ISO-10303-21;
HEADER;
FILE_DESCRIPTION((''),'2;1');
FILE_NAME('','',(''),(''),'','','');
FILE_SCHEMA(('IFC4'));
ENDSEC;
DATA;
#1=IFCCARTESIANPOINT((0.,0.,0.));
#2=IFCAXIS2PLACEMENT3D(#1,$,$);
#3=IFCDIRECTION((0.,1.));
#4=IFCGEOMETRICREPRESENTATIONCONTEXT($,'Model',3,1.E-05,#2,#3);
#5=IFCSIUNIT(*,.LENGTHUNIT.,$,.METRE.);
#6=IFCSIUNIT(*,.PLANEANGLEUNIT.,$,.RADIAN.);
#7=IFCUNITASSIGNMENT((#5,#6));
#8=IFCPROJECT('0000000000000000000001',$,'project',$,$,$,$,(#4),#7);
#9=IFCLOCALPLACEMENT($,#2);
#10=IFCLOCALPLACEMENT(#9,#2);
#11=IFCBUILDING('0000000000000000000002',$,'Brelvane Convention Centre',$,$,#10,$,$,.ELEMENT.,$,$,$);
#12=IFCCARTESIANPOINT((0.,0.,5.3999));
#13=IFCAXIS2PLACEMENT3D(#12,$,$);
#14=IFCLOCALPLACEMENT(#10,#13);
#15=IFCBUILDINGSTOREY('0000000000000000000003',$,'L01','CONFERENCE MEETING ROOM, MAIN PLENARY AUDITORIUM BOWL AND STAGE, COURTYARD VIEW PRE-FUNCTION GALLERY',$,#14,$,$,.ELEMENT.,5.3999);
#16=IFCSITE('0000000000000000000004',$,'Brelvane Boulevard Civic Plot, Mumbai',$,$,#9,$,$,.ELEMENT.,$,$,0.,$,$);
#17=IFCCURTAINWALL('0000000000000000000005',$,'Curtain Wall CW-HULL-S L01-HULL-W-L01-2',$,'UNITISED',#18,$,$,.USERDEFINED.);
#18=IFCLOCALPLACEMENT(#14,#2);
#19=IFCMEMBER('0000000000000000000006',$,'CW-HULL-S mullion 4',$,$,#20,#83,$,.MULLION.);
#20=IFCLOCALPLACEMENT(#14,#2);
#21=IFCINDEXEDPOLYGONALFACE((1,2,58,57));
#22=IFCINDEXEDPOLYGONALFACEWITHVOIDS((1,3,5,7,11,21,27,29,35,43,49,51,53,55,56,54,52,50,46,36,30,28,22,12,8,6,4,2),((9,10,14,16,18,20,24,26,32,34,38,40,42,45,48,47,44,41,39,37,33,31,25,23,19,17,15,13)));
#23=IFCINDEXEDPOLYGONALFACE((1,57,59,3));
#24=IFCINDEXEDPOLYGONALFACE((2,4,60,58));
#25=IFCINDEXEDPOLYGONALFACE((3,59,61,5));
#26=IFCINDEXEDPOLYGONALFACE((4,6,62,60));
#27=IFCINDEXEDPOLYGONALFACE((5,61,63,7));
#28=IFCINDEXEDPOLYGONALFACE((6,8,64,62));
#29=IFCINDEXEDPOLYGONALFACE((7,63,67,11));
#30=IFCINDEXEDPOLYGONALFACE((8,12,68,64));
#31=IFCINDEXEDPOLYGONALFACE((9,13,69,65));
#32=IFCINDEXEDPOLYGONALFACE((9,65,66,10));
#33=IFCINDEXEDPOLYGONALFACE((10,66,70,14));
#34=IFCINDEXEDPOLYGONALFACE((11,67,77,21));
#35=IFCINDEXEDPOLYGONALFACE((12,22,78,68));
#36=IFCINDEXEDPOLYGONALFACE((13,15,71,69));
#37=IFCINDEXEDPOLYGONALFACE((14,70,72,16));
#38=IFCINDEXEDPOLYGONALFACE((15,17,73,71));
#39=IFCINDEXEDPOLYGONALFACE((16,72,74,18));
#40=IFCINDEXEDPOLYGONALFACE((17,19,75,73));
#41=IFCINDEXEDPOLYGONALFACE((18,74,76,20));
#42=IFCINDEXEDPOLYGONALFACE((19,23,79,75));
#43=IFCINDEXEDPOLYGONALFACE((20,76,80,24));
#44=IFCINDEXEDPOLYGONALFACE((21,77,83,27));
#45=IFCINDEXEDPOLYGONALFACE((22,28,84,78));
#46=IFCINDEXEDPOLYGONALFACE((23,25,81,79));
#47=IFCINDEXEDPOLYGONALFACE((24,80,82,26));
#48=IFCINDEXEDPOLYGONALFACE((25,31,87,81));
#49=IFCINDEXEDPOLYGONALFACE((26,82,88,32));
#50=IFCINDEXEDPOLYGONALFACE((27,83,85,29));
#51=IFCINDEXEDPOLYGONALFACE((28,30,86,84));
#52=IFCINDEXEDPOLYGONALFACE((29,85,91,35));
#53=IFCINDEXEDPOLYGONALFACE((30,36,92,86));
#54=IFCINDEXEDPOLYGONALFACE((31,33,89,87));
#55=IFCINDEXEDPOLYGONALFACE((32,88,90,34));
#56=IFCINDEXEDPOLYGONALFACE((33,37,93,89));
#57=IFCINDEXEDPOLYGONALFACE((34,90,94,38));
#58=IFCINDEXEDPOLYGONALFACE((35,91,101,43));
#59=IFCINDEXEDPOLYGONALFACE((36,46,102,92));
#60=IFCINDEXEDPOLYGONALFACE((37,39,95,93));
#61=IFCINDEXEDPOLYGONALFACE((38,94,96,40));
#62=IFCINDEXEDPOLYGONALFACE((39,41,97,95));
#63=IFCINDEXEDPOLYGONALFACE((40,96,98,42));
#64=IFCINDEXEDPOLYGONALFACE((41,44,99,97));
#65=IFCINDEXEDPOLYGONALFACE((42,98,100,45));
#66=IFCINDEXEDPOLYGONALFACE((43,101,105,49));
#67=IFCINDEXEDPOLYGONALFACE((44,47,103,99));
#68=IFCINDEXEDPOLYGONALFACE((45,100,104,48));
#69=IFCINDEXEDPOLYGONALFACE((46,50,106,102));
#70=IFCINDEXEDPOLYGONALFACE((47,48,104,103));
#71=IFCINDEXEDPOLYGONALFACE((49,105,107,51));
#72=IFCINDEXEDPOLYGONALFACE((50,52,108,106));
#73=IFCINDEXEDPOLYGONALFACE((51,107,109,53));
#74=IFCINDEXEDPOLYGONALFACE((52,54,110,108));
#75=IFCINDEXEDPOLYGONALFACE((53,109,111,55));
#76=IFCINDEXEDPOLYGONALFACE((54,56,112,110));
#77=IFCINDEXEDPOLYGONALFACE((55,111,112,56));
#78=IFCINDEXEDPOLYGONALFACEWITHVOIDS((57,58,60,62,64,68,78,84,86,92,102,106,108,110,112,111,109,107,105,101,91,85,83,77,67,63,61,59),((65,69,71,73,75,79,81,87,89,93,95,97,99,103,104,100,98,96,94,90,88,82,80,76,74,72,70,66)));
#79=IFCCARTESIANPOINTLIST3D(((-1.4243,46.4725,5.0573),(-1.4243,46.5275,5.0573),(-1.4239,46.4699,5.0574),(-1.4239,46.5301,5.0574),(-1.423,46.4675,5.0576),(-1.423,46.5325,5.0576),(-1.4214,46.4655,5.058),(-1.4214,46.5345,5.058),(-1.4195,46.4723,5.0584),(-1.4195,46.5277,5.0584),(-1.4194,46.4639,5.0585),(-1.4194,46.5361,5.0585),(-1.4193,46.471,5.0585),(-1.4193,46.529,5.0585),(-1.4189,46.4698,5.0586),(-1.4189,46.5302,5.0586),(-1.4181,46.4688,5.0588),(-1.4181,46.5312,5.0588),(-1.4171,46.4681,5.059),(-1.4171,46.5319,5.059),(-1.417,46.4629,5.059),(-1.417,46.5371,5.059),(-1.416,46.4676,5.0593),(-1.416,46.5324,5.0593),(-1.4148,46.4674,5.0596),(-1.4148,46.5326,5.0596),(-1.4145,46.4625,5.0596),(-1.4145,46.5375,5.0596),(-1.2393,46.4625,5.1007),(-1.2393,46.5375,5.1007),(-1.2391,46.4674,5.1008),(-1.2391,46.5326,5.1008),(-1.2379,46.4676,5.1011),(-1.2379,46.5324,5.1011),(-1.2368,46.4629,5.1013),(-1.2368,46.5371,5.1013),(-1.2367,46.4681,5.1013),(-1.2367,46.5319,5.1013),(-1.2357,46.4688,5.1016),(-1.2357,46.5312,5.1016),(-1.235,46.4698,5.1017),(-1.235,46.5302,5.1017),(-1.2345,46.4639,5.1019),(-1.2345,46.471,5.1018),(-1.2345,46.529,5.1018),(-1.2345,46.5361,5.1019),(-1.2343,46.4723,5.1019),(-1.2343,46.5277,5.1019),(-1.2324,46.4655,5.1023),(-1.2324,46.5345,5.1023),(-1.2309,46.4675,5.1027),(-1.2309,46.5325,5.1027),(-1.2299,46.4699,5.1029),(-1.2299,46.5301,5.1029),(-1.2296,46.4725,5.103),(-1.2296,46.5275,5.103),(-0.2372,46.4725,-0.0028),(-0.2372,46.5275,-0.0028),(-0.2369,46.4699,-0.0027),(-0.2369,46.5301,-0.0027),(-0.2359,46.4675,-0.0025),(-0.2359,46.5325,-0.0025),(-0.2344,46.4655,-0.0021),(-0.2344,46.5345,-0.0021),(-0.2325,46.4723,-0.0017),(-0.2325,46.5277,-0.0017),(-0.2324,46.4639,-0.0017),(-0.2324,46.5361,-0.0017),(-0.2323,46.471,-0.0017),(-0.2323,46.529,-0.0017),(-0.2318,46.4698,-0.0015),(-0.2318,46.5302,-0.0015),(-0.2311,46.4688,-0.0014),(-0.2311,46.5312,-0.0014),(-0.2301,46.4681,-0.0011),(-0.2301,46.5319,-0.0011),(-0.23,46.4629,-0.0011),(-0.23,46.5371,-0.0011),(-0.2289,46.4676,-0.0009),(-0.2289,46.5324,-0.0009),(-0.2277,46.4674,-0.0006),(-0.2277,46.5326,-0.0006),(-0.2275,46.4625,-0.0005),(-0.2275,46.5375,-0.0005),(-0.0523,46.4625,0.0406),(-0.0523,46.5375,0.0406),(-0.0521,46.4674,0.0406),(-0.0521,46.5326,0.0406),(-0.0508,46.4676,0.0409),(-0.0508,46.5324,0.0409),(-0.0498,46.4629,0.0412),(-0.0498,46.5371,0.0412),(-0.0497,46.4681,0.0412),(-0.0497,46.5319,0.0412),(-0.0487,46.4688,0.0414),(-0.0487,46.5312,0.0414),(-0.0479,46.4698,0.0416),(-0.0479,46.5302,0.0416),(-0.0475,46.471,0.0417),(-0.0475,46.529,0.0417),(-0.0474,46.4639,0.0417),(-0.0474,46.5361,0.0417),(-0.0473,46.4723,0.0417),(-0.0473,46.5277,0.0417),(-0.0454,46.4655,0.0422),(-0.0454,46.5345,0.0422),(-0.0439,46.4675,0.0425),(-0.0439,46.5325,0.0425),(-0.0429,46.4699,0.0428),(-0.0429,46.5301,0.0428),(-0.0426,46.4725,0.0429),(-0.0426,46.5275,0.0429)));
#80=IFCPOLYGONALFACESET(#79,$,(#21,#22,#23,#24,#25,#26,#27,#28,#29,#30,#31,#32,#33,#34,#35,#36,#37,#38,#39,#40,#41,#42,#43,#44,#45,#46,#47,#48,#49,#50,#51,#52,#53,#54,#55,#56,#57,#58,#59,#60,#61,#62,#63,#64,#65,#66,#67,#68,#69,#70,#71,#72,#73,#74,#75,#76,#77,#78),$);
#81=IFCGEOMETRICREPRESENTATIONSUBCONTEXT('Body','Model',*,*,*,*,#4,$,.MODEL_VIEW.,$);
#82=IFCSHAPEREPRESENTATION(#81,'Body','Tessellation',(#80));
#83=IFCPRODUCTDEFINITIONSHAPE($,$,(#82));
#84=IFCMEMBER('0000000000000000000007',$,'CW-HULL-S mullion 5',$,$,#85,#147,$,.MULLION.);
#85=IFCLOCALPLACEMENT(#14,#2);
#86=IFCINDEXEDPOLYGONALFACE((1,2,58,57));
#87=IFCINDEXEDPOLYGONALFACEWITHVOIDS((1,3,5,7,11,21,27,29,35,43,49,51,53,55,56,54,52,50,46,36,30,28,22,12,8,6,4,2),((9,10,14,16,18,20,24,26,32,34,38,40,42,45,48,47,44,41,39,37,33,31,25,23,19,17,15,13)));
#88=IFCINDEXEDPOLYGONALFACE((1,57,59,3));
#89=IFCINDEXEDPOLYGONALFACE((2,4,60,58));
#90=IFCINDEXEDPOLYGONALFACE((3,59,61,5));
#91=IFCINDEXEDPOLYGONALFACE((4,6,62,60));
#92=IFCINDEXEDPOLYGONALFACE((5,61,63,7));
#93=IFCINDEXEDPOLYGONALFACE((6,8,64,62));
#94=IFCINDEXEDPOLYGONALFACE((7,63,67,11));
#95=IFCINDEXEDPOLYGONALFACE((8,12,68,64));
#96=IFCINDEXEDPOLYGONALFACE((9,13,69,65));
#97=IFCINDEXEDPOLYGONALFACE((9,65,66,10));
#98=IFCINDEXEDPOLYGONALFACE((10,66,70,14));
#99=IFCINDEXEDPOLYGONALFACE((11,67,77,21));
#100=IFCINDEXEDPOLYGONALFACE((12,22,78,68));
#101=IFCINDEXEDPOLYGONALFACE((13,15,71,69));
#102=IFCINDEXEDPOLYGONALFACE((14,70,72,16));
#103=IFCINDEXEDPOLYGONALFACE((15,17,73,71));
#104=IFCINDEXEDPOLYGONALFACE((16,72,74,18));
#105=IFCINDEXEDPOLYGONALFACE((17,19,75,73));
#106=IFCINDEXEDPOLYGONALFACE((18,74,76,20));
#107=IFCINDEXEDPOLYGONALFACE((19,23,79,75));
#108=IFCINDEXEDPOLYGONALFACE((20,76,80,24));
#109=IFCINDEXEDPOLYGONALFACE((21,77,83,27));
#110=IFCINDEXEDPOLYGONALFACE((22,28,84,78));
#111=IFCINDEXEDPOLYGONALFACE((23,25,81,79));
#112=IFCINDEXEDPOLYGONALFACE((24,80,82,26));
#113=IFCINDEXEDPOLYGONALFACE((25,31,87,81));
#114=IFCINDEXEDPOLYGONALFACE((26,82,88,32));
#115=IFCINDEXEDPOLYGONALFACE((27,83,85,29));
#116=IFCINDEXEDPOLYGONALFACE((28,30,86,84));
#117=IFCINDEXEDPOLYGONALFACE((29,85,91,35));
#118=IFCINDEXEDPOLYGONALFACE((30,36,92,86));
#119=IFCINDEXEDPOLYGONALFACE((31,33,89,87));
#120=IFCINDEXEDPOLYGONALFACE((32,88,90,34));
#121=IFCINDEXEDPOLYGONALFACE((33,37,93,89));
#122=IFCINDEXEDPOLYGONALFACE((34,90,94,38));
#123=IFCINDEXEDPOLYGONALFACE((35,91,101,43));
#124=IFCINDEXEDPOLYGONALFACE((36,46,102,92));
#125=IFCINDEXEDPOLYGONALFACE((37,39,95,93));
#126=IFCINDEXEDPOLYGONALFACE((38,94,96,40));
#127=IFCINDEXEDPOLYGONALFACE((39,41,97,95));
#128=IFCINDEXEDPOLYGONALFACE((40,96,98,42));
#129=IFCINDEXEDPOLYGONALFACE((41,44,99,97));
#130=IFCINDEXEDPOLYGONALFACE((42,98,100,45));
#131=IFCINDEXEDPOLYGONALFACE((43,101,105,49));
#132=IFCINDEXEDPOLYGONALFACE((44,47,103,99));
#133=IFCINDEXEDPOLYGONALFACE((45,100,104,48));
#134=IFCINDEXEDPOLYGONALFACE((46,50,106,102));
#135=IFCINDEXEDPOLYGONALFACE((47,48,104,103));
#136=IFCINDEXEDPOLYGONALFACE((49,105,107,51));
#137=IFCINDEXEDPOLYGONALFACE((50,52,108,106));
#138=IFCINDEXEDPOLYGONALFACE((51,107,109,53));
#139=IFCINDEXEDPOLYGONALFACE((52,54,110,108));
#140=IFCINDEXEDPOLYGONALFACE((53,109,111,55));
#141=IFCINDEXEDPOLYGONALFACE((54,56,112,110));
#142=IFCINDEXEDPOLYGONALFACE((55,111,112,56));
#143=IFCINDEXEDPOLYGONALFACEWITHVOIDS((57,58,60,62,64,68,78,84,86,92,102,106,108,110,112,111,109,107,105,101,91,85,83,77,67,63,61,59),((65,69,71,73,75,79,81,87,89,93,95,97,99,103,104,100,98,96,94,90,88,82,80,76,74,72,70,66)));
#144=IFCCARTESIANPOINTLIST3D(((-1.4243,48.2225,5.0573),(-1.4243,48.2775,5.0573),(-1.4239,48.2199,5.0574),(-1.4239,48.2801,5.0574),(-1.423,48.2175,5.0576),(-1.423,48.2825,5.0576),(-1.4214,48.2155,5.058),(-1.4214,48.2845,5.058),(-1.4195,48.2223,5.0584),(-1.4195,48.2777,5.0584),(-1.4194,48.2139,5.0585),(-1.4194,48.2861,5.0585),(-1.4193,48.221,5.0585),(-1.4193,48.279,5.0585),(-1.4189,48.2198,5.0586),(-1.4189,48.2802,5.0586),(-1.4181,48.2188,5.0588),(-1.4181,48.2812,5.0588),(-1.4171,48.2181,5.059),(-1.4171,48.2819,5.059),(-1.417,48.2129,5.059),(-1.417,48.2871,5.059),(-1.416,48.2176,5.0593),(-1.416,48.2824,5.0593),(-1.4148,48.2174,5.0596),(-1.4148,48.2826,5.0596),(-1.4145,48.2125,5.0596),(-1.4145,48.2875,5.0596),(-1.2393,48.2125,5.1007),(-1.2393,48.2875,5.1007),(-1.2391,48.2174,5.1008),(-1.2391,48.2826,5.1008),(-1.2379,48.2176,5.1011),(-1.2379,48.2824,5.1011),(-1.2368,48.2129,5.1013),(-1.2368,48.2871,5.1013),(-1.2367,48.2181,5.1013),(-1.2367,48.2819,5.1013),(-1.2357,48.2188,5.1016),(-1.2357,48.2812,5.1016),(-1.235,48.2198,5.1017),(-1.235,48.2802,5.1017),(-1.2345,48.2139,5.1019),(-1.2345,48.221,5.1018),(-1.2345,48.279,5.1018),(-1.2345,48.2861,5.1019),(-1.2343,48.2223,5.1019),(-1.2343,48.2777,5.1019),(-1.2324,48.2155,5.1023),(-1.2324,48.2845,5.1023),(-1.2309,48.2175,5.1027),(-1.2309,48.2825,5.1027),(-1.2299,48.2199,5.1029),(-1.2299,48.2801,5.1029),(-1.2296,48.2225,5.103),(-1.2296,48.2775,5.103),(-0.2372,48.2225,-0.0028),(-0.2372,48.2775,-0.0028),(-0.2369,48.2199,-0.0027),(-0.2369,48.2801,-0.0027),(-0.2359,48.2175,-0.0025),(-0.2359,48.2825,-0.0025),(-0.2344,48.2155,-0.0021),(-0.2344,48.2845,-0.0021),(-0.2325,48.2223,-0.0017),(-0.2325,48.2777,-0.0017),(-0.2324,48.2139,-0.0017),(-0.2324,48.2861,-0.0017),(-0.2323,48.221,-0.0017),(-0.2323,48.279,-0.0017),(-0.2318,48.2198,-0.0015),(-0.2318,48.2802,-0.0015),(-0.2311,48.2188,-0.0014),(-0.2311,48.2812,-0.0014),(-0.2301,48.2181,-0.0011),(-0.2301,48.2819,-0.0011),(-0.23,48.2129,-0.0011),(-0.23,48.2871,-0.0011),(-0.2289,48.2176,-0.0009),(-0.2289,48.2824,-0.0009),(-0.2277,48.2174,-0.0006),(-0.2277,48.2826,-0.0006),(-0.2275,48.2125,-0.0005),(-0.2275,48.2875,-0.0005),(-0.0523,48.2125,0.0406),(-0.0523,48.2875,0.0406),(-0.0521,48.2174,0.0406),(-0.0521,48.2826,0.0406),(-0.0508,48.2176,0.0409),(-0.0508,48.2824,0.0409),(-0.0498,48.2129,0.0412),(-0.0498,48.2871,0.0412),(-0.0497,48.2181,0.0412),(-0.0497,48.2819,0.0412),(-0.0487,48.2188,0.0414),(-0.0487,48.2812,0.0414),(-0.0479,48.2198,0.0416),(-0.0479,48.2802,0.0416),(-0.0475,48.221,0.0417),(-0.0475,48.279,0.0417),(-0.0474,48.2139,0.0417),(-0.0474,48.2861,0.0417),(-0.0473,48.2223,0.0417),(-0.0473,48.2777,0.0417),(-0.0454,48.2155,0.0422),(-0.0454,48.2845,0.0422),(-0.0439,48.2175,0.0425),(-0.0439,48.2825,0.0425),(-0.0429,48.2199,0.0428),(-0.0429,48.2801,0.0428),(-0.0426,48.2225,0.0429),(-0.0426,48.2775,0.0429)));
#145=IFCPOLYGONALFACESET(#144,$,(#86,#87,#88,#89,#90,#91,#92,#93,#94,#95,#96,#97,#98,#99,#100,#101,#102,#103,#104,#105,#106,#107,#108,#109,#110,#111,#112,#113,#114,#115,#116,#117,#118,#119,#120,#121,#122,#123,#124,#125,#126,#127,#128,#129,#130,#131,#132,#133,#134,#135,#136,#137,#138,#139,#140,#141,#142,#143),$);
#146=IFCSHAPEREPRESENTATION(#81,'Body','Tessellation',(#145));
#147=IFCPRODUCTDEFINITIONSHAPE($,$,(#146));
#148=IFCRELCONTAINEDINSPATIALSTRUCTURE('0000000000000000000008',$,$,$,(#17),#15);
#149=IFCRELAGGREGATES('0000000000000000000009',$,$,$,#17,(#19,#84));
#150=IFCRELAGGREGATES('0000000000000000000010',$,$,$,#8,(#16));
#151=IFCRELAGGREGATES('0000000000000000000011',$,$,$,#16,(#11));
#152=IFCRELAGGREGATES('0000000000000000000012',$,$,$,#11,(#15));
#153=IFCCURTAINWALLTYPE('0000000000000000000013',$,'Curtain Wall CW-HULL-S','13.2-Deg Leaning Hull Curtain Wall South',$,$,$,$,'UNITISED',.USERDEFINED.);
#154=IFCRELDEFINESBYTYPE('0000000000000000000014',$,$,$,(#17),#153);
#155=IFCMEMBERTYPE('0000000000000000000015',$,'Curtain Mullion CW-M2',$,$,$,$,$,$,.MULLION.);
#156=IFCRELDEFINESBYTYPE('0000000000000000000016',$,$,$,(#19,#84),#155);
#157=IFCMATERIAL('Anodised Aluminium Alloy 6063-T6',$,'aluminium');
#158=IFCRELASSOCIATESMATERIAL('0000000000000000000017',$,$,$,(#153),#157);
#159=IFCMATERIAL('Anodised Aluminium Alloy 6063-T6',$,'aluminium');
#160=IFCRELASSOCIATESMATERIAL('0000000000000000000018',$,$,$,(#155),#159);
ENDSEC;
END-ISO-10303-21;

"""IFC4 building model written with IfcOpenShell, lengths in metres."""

from ifc_helpers import new_model, si_unit, direction, frame, origin, origin_2d, place, context, subcontext, project, spatial, hollow_rectangle, extrude, material, material_profile, profile_set, type_object, element, aggregate, save


model = new_model("IFC4")

# Units and contexts
model_context = context("Model", 3, precision=1e-05, world=origin(), true_north=direction((0.0, 1.0)))
body_context = subcontext(model_context, "Body", "Model", "MODEL_VIEW")
ifc_project = project(units=[si_unit("LENGTHUNIT", "METRE"), si_unit("PLANEANGLEUNIT", "RADIAN")], contexts=[model_context])

# Site, building, storey
site_placement = place(None, origin())
site = spatial("IfcSite", under=ifc_project, at=site_placement, Name="Brelvane Boulevard Civic Plot, Mumbai", CompositionType="ELEMENT", RefElevation=0.0)
building_placement = place(site_placement, origin())
building = spatial("IfcBuilding", under=site, at=building_placement, Name="Brelvane Convention Centre", CompositionType="ELEMENT")
storey_placement = place(building_placement, frame((0.0, 0.0, 5.3999)))
storey = spatial("IfcBuildingStorey", under=building, at=storey_placement, Name="L01", Description="CONFERENCE MEETING ROOM, MAIN PLENARY AUDITORIUM BOWL AND STAGE, COURTYARD VIEW PRE-FUNCTION GALLERY", CompositionType="ELEMENT", Elevation=5.3999)

# Curtain wall, members
ifc_material_1 = material(Name="Anodised Aluminium Alloy 6063-T6", Category="aluminium")
curtain_wall_type = type_object("IfcCurtainWallType", Name="Curtain Wall CW-HULL-S", Description="13.2-Deg Leaning Hull Curtain Wall South", ElementType="UNITISED", PredefinedType="USERDEFINED", material=ifc_material_1)
curtain_wall_placement = place(storey_placement, origin())
curtain_wall = element("IfcCurtainWall", 1, at=curtain_wall_placement, inside=storey, type_object=curtain_wall_type, Name="Curtain Wall CW-HULL-S L01-HULL-W-L01-2", ObjectType="UNITISED", PredefinedType="USERDEFINED")
ifc_material_2 = material(Name="Anodised Aluminium Alloy 6063-T6", Category="aluminium")
ifc_material_profile_1 = material_profile(ifc_material_2, hollow_rectangle(XDim=0.075, YDim=0.2, WallThickness=0.0049, InnerFilletRadius=0.0049, OuterFilletRadius=0.01, at=origin_2d()), Name="ALU-M 200x75x5.0")
ifc_profile_set_1 = profile_set([ifc_material_profile_1], Name="Anodised Aluminium Alloy 6063-T6")
member_type_1 = type_object("IfcMemberType", Name="Curtain Mullion CW-M2", PredefinedType="MULLION", material=ifc_profile_set_1)
member_1_placement = place(storey_placement, frame((-0.1399, 46.5, 0.02), z_axis=(-0.228385, 0.0, 0.973571), x_axis=(0.0, -1.0, 0.0)))
member_1 = element("IfcMember", 2, at=member_1_placement, type_object=member_type_1, Name="CW-HULL-S mullion 4", PredefinedType="MULLION", context=body_context, shape_type="SweptSolid", body=[
    extrude(hollow_rectangle(XDim=0.075, YDim=0.2, WallThickness=0.0049, InnerFilletRadius=0.0049, OuterFilletRadius=0.01, at=origin_2d()), origin(), (0.0, 0.0, 1.0), 5.1975),
])
member_2_placement = place(storey_placement, frame((-0.1399, 48.25, 0.02), z_axis=(-0.228385, 0.0, 0.973571), x_axis=(0.0, -1.0, 0.0)))
member_2 = element("IfcMember", 3, at=member_2_placement, type_object=member_type_1, Name="CW-HULL-S mullion 5", PredefinedType="MULLION", context=body_context, shape_type="SweptSolid", body=[
    extrude(hollow_rectangle(XDim=0.075, YDim=0.2, WallThickness=0.0049, InnerFilletRadius=0.0049, OuterFilletRadius=0.01, at=origin_2d()), origin(), (0.0, 0.0, 1.0), 5.1975),
])
aggregate(curtain_wall, [member_1, member_2])

save(model, "model.ifc")
